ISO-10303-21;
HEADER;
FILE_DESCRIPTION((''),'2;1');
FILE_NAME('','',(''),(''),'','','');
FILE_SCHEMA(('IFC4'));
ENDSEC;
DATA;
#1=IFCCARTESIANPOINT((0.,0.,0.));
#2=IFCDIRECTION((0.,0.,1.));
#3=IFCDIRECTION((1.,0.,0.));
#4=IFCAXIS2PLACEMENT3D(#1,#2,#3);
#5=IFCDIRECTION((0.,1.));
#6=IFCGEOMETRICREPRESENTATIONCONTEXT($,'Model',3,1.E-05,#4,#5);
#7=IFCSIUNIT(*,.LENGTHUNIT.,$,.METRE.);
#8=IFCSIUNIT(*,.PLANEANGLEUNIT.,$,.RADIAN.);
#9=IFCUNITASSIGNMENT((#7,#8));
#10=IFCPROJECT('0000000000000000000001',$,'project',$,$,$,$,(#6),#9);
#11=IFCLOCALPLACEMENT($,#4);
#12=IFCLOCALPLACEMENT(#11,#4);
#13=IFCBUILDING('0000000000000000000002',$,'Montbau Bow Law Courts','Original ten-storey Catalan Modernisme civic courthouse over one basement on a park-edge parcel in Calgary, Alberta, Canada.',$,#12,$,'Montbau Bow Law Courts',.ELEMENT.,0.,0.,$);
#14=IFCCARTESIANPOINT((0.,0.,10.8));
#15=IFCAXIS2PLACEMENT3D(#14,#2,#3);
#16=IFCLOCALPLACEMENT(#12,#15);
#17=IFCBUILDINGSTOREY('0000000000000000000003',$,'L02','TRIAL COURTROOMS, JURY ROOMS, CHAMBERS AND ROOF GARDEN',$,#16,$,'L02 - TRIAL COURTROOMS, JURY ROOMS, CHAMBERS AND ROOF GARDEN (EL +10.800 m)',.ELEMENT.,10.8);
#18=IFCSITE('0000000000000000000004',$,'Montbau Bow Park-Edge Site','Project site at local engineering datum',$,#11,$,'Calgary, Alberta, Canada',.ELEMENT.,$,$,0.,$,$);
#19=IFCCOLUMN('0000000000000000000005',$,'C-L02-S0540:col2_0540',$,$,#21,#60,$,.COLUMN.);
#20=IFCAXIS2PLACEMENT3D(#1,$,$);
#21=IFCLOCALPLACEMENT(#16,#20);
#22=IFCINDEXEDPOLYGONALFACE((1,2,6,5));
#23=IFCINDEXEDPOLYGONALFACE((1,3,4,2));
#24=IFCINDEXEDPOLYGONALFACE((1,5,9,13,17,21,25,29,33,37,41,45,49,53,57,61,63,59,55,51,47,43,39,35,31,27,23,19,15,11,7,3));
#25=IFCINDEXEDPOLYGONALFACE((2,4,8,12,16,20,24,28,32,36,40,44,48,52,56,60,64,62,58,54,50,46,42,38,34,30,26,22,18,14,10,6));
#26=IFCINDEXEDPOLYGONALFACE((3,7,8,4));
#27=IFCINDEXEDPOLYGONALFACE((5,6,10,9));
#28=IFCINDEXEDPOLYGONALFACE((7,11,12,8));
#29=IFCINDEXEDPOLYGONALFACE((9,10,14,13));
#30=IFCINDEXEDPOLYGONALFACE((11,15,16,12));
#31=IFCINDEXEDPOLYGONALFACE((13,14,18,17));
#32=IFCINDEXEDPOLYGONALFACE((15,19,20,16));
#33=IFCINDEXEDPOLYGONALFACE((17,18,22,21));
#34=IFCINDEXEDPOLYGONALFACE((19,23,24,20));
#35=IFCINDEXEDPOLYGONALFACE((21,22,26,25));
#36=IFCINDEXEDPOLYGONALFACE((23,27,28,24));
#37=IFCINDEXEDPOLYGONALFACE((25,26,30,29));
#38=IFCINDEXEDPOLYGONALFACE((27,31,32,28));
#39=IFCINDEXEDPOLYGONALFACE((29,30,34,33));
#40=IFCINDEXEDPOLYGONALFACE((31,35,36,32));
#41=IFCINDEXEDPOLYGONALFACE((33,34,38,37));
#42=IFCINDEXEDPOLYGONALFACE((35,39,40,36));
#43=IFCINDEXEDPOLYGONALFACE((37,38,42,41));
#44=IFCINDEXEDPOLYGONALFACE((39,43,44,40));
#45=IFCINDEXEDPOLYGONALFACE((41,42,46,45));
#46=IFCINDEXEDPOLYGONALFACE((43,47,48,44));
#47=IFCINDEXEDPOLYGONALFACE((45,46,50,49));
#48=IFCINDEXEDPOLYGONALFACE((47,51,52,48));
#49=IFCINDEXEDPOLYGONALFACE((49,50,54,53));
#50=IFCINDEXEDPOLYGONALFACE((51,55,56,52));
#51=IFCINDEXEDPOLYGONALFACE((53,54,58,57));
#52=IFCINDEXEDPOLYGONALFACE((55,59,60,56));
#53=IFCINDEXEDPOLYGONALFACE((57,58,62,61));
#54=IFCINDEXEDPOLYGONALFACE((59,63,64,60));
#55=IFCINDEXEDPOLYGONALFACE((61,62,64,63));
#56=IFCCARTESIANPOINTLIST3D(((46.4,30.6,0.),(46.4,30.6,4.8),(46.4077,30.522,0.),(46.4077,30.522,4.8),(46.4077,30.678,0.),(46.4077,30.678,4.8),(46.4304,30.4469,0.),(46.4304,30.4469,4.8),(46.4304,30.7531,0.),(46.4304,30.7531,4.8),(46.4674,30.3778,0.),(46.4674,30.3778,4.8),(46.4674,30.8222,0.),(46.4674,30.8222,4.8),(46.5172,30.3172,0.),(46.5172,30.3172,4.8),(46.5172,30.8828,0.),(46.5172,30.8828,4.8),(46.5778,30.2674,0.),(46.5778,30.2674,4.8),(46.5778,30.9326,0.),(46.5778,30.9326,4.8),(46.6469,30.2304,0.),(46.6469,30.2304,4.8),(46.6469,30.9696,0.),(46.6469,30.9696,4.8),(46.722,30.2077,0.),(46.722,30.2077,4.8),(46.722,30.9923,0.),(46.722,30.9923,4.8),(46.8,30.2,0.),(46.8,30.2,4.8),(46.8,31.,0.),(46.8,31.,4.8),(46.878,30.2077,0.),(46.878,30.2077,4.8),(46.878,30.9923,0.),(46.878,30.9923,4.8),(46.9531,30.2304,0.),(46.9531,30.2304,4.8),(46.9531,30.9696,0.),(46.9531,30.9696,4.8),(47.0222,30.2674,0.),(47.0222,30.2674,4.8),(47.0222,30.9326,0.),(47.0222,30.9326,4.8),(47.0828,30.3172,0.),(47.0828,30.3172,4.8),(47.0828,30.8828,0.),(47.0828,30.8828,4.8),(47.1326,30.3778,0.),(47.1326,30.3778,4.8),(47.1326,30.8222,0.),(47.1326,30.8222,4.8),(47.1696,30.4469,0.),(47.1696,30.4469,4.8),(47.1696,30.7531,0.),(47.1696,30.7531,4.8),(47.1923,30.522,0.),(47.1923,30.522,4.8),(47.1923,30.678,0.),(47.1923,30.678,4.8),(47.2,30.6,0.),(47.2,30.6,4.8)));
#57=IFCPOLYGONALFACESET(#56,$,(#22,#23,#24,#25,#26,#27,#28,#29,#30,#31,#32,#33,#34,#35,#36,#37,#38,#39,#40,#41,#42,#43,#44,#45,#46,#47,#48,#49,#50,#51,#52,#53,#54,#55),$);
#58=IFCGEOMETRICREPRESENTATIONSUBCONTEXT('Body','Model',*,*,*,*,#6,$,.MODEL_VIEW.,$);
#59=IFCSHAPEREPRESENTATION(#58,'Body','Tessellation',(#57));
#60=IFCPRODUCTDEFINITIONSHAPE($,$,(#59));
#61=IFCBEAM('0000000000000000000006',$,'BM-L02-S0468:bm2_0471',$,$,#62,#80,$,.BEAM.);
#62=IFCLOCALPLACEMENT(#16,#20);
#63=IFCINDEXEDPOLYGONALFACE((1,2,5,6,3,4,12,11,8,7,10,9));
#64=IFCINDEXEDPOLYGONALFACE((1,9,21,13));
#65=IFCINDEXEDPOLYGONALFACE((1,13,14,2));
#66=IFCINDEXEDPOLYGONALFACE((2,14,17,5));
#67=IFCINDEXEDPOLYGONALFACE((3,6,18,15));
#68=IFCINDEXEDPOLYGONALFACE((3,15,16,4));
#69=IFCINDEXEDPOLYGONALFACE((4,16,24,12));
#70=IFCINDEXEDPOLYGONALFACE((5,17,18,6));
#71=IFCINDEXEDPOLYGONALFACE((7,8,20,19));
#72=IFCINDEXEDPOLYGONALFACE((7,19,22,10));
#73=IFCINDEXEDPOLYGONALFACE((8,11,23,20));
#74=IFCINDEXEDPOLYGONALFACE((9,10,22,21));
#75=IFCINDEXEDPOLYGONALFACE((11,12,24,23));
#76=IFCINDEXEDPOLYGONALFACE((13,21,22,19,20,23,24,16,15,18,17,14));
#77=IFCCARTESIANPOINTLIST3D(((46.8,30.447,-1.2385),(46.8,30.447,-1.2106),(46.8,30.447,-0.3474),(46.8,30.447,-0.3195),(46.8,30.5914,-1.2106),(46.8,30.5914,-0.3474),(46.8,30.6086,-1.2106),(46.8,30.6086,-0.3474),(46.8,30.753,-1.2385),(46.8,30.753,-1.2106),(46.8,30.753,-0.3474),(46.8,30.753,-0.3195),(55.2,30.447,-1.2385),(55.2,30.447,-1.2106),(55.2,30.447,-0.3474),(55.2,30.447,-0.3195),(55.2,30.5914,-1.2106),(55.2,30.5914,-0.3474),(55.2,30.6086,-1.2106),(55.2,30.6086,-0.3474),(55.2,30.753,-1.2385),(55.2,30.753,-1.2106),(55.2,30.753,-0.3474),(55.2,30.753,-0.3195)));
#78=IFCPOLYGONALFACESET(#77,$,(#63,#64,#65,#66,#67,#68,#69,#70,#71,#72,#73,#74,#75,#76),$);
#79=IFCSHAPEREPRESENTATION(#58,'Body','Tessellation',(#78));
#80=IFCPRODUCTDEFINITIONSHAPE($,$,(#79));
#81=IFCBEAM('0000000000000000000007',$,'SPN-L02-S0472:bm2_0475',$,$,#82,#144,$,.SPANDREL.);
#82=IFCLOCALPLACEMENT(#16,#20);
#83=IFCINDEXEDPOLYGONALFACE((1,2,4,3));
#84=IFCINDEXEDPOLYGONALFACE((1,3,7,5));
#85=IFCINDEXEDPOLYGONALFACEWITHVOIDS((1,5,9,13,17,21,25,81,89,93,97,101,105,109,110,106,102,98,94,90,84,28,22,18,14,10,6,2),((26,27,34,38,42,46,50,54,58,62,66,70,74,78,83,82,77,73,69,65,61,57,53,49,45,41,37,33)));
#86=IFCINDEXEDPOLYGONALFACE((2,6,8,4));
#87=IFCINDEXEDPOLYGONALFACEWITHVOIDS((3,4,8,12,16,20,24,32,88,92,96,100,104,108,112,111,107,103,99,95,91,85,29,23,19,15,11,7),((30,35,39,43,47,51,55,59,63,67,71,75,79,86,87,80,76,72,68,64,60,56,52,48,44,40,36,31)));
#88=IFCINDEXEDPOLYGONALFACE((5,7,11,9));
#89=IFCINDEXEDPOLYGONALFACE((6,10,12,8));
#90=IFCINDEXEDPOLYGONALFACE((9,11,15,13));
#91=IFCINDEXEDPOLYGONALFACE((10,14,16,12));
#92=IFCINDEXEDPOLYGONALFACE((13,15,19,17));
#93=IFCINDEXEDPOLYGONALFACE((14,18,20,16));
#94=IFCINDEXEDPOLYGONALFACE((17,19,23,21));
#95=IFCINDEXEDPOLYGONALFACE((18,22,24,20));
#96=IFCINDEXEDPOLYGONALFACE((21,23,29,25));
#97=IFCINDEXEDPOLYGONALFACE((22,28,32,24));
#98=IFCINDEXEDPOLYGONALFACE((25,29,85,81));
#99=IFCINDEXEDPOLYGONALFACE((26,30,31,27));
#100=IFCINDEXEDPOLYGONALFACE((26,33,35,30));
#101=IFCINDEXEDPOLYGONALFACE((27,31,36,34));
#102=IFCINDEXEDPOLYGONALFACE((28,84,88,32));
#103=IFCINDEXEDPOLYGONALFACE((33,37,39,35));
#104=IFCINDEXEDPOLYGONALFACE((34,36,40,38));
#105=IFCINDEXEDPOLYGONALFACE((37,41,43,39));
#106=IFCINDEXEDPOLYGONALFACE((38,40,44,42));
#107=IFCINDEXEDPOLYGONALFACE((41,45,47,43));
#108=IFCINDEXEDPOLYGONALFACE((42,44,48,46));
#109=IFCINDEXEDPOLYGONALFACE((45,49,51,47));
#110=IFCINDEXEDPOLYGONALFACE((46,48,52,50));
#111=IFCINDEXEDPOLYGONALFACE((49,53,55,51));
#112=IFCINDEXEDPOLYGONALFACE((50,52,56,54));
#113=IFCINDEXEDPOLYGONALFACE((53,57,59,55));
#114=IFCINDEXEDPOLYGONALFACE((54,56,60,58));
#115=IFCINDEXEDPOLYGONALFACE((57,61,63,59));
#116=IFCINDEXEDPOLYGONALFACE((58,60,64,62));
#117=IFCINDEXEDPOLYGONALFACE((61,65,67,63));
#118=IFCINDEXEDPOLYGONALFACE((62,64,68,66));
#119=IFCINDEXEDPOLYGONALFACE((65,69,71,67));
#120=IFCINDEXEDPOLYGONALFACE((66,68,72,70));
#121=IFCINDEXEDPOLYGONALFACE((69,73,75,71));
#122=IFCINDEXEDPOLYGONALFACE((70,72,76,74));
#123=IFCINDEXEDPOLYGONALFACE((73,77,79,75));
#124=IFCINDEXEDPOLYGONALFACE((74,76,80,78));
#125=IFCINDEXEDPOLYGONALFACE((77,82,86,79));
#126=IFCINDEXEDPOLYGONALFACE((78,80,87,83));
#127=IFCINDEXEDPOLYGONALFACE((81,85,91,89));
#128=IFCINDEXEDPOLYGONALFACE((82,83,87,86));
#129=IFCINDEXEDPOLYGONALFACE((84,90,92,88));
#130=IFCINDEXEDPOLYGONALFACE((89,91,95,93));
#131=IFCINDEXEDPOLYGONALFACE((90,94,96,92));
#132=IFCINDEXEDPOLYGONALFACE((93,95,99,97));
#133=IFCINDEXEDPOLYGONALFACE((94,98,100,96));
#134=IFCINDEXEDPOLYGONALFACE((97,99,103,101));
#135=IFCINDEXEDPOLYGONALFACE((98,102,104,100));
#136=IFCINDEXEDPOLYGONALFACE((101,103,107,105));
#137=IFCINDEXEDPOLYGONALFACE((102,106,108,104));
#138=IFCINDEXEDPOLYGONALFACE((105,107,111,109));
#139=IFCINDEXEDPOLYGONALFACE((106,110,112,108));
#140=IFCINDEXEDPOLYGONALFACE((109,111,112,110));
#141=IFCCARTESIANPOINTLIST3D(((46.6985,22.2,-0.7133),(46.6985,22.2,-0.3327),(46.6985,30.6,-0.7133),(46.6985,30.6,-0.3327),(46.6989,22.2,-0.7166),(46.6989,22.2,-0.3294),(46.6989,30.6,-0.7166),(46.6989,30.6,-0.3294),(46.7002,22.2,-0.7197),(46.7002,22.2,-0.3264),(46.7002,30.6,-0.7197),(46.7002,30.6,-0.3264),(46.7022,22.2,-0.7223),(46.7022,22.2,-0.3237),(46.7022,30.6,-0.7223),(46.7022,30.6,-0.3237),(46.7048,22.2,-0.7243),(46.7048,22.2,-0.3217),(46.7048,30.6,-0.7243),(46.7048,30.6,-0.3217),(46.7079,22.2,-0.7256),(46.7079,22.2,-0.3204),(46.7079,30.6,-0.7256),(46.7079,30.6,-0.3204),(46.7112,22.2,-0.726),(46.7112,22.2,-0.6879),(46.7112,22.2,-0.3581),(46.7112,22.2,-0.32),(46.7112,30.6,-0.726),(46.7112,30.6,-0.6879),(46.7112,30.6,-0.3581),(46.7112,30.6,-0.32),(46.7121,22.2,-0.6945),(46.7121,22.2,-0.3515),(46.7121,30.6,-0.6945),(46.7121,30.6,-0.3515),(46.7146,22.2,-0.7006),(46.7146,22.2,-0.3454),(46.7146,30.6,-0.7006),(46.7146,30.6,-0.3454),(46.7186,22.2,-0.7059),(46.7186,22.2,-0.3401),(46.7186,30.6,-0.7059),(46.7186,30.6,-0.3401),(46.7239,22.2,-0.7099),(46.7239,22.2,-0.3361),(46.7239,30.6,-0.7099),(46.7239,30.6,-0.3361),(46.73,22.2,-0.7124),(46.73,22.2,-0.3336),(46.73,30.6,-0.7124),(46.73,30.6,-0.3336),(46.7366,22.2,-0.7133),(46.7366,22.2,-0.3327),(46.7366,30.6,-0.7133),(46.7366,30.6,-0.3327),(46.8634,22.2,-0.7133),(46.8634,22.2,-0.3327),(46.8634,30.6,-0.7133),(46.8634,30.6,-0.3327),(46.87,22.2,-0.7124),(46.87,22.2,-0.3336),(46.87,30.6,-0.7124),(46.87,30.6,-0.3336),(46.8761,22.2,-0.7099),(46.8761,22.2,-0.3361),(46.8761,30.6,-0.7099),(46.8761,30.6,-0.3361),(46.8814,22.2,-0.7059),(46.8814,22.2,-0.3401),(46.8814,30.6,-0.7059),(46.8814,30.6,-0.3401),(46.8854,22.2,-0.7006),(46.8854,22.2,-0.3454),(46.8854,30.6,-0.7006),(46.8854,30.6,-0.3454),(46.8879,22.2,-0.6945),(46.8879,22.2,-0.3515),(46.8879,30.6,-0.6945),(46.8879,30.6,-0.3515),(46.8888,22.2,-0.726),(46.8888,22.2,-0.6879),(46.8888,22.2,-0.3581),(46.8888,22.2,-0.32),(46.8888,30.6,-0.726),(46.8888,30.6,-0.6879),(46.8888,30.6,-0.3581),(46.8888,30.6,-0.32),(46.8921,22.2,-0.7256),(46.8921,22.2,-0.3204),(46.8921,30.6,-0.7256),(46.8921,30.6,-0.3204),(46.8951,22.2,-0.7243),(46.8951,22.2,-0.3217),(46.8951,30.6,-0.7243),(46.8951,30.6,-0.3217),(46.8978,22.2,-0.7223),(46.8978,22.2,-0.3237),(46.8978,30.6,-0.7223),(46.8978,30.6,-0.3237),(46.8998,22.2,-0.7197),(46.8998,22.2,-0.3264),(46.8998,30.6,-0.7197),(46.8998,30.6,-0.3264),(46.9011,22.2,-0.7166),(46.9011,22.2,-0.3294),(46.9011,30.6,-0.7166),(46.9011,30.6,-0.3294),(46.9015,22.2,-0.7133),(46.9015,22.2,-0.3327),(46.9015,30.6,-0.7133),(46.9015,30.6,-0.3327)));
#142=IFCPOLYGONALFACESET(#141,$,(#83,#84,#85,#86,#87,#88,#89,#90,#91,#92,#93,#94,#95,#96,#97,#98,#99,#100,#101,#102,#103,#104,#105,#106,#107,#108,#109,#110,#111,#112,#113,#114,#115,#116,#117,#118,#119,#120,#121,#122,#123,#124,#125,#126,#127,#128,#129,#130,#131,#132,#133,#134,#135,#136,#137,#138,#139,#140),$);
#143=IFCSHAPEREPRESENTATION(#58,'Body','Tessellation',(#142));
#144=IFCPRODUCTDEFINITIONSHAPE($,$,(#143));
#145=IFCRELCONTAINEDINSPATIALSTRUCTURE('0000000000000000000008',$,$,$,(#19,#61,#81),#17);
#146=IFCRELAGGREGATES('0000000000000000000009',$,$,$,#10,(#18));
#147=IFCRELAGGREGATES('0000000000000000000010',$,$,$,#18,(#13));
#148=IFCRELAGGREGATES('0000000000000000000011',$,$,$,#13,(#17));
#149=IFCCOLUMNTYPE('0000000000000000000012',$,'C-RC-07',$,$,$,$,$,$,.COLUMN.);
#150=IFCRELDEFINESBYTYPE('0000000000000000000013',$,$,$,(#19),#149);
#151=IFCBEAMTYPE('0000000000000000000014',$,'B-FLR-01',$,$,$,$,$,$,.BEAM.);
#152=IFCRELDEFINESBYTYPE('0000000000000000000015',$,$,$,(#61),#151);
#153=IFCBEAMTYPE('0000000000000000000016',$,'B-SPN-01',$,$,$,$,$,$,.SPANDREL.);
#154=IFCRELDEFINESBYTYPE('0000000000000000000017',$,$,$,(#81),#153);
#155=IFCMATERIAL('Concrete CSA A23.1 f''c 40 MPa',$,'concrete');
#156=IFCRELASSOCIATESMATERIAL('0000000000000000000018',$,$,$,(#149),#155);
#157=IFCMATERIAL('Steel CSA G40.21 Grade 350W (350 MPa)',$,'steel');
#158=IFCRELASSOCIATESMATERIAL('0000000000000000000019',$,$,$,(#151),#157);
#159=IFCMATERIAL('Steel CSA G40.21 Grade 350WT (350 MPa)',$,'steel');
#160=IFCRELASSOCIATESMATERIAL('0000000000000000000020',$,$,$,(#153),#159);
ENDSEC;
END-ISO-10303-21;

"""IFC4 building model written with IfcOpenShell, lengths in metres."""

from ifc_helpers import new_model, si_unit, direction, frame, origin_with_axes, origin_2d_with_axis, place, context, subcontext, project, spatial, hollow_rectangle, circle, i_section, extrude, material, material_profile, profile_set, type_object, element, save


model = new_model("IFC4")

# Units and contexts
model_context = context("Model", 3, precision=1e-05, world=origin_with_axes(), true_north=direction((0.0, 1.0)))
body_context = subcontext(model_context, "Body", "Model", "MODEL_VIEW")
ifc_project = project(units=[si_unit("LENGTHUNIT", "METRE"), si_unit("PLANEANGLEUNIT", "RADIAN")], contexts=[model_context])

# Site, building, storey
site_placement = place(None, origin_with_axes())
site = spatial("IfcSite", under=ifc_project, at=site_placement, Name="Montbau Bow Park-Edge Site", Description="Project site at local engineering datum", LongName="Calgary, Alberta, Canada", CompositionType="ELEMENT", RefElevation=0.0)
building_placement = place(site_placement, origin_with_axes())
building = spatial("IfcBuilding", under=site, at=building_placement, Name="Montbau Bow Law Courts", Description="Original ten-storey Catalan Modernisme civic courthouse over one basement on a park-edge parcel in Calgary, Alberta, Canada.", LongName="Montbau Bow Law Courts", CompositionType="ELEMENT", ElevationOfRefHeight=0.0, ElevationOfTerrain=0.0)
storey_placement = place(building_placement, frame((0.0, 0.0, 10.8), z_axis=(0.0, 0.0, 1.0), x_axis=(1.0, 0.0, 0.0)))
storey = spatial("IfcBuildingStorey", under=building, at=storey_placement, Name="L02", Description="TRIAL COURTROOMS, JURY ROOMS, CHAMBERS AND ROOF GARDEN", LongName="L02 - TRIAL COURTROOMS, JURY ROOMS, CHAMBERS AND ROOF GARDEN (EL +10.800 m)", CompositionType="ELEMENT", Elevation=10.8)

# Column
ifc_material_1 = material(Name="Concrete CSA A23.1 f'c 40 MPa", Category="concrete")
ifc_material_profile_1 = material_profile(ifc_material_1, circle(Radius=0.4, at=origin_2d_with_axis()), Name="RC800D", Category="Main", Priority=0)
ifc_profile_set_1 = profile_set([ifc_material_profile_1], Name="Concrete CSA A23.1 f'c 40 MPa")
column_type = type_object("IfcColumnType", Name="C-RC-07", PredefinedType="COLUMN", material=ifc_profile_set_1)
column_placement = place(None, frame((46.8, 30.6, 10.8), z_axis=(0.0, 0.0, 1.0), x_axis=(1.0, 0.0, 0.0)))
element("IfcColumn", 1, at=column_placement, inside=storey, type_object=column_type, Name="C-L02-S0540:col2_0540", PredefinedType="COLUMN", context=body_context, shape_type="SweptSolid", body=[
    extrude(circle(Radius=0.4, at=origin_2d_with_axis()), origin_with_axes(), (0.0, 0.0, 1.0), 4.8),
])

# Beams
ifc_material_2 = material(Name="Steel CSA G40.21 Grade 350W (350 MPa)", Category="steel")
ifc_material_profile_2 = material_profile(ifc_material_2, i_section(OverallWidth=0.306, OverallDepth=0.919, WebThickness=0.0173, FlangeThickness=0.0279, at=origin_2d_with_axis()), Name="W920X253", Category="Main", Priority=0)
ifc_profile_set_2 = profile_set([ifc_material_profile_2], Name="Steel CSA G40.21 Grade 350W (350 MPa)")
beam_type_1 = type_object("IfcBeamType", Name="B-FLR-01", PredefinedType="BEAM", material=ifc_profile_set_2)
beam_1_placement = place(None, frame((46.8, 30.6, 10.021), z_axis=(1.0, 0.0, 0.0), x_axis=(0.0, 1.0, 0.0)))
element("IfcBeam", 2, at=beam_1_placement, inside=storey, type_object=beam_type_1, Name="BM-L02-S0468:bm2_0471", PredefinedType="BEAM", context=body_context, shape_type="SweptSolid", body=[
    extrude(i_section(OverallWidth=0.306, OverallDepth=0.919, WebThickness=0.0173, FlangeThickness=0.0279, at=origin_2d_with_axis()), origin_with_axes(), (0.0, 0.0, 1.0), 8.4),
])
ifc_material_3 = material(Name="Steel CSA G40.21 Grade 350WT (350 MPa)", Category="steel")
ifc_material_profile_3 = material_profile(ifc_material_3, hollow_rectangle(XDim=0.203, YDim=0.406, WallThickness=0.0127, InnerFilletRadius=0.0254, OuterFilletRadius=0.0127, at=origin_2d_with_axis()), Name="HSS406X203X13", Category="Main", Priority=0)
ifc_profile_set_3 = profile_set([ifc_material_profile_3], Name="Steel CSA G40.21 Grade 350WT (350 MPa)")
beam_type_2 = type_object("IfcBeamType", Name="B-SPN-01", PredefinedType="SPANDREL", material=ifc_profile_set_3)
for number, where, z_axis, x_axis, name in (
    (3, (46.8, 22.2, 10.277), (0.0, 1.0, 0.0), (-1.0, 0.0, 0.0), "SPN-L02-S0472:bm2_0475"),
):
    element("IfcBeam", number, at=place(None, frame(where, z_axis=z_axis, x_axis=x_axis)), inside=storey, type_object=beam_type_2, Name=name, PredefinedType="SPANDREL", context=body_context, shape_type="SweptSolid", body=[
        extrude(hollow_rectangle(XDim=0.203, YDim=0.406, WallThickness=0.0127, InnerFilletRadius=0.0254, OuterFilletRadius=0.0127, at=origin_2d_with_axis()), origin_with_axes(), (0.0, 0.0, 1.0), 8.4),
    ])

save(model, "model.ifc")
